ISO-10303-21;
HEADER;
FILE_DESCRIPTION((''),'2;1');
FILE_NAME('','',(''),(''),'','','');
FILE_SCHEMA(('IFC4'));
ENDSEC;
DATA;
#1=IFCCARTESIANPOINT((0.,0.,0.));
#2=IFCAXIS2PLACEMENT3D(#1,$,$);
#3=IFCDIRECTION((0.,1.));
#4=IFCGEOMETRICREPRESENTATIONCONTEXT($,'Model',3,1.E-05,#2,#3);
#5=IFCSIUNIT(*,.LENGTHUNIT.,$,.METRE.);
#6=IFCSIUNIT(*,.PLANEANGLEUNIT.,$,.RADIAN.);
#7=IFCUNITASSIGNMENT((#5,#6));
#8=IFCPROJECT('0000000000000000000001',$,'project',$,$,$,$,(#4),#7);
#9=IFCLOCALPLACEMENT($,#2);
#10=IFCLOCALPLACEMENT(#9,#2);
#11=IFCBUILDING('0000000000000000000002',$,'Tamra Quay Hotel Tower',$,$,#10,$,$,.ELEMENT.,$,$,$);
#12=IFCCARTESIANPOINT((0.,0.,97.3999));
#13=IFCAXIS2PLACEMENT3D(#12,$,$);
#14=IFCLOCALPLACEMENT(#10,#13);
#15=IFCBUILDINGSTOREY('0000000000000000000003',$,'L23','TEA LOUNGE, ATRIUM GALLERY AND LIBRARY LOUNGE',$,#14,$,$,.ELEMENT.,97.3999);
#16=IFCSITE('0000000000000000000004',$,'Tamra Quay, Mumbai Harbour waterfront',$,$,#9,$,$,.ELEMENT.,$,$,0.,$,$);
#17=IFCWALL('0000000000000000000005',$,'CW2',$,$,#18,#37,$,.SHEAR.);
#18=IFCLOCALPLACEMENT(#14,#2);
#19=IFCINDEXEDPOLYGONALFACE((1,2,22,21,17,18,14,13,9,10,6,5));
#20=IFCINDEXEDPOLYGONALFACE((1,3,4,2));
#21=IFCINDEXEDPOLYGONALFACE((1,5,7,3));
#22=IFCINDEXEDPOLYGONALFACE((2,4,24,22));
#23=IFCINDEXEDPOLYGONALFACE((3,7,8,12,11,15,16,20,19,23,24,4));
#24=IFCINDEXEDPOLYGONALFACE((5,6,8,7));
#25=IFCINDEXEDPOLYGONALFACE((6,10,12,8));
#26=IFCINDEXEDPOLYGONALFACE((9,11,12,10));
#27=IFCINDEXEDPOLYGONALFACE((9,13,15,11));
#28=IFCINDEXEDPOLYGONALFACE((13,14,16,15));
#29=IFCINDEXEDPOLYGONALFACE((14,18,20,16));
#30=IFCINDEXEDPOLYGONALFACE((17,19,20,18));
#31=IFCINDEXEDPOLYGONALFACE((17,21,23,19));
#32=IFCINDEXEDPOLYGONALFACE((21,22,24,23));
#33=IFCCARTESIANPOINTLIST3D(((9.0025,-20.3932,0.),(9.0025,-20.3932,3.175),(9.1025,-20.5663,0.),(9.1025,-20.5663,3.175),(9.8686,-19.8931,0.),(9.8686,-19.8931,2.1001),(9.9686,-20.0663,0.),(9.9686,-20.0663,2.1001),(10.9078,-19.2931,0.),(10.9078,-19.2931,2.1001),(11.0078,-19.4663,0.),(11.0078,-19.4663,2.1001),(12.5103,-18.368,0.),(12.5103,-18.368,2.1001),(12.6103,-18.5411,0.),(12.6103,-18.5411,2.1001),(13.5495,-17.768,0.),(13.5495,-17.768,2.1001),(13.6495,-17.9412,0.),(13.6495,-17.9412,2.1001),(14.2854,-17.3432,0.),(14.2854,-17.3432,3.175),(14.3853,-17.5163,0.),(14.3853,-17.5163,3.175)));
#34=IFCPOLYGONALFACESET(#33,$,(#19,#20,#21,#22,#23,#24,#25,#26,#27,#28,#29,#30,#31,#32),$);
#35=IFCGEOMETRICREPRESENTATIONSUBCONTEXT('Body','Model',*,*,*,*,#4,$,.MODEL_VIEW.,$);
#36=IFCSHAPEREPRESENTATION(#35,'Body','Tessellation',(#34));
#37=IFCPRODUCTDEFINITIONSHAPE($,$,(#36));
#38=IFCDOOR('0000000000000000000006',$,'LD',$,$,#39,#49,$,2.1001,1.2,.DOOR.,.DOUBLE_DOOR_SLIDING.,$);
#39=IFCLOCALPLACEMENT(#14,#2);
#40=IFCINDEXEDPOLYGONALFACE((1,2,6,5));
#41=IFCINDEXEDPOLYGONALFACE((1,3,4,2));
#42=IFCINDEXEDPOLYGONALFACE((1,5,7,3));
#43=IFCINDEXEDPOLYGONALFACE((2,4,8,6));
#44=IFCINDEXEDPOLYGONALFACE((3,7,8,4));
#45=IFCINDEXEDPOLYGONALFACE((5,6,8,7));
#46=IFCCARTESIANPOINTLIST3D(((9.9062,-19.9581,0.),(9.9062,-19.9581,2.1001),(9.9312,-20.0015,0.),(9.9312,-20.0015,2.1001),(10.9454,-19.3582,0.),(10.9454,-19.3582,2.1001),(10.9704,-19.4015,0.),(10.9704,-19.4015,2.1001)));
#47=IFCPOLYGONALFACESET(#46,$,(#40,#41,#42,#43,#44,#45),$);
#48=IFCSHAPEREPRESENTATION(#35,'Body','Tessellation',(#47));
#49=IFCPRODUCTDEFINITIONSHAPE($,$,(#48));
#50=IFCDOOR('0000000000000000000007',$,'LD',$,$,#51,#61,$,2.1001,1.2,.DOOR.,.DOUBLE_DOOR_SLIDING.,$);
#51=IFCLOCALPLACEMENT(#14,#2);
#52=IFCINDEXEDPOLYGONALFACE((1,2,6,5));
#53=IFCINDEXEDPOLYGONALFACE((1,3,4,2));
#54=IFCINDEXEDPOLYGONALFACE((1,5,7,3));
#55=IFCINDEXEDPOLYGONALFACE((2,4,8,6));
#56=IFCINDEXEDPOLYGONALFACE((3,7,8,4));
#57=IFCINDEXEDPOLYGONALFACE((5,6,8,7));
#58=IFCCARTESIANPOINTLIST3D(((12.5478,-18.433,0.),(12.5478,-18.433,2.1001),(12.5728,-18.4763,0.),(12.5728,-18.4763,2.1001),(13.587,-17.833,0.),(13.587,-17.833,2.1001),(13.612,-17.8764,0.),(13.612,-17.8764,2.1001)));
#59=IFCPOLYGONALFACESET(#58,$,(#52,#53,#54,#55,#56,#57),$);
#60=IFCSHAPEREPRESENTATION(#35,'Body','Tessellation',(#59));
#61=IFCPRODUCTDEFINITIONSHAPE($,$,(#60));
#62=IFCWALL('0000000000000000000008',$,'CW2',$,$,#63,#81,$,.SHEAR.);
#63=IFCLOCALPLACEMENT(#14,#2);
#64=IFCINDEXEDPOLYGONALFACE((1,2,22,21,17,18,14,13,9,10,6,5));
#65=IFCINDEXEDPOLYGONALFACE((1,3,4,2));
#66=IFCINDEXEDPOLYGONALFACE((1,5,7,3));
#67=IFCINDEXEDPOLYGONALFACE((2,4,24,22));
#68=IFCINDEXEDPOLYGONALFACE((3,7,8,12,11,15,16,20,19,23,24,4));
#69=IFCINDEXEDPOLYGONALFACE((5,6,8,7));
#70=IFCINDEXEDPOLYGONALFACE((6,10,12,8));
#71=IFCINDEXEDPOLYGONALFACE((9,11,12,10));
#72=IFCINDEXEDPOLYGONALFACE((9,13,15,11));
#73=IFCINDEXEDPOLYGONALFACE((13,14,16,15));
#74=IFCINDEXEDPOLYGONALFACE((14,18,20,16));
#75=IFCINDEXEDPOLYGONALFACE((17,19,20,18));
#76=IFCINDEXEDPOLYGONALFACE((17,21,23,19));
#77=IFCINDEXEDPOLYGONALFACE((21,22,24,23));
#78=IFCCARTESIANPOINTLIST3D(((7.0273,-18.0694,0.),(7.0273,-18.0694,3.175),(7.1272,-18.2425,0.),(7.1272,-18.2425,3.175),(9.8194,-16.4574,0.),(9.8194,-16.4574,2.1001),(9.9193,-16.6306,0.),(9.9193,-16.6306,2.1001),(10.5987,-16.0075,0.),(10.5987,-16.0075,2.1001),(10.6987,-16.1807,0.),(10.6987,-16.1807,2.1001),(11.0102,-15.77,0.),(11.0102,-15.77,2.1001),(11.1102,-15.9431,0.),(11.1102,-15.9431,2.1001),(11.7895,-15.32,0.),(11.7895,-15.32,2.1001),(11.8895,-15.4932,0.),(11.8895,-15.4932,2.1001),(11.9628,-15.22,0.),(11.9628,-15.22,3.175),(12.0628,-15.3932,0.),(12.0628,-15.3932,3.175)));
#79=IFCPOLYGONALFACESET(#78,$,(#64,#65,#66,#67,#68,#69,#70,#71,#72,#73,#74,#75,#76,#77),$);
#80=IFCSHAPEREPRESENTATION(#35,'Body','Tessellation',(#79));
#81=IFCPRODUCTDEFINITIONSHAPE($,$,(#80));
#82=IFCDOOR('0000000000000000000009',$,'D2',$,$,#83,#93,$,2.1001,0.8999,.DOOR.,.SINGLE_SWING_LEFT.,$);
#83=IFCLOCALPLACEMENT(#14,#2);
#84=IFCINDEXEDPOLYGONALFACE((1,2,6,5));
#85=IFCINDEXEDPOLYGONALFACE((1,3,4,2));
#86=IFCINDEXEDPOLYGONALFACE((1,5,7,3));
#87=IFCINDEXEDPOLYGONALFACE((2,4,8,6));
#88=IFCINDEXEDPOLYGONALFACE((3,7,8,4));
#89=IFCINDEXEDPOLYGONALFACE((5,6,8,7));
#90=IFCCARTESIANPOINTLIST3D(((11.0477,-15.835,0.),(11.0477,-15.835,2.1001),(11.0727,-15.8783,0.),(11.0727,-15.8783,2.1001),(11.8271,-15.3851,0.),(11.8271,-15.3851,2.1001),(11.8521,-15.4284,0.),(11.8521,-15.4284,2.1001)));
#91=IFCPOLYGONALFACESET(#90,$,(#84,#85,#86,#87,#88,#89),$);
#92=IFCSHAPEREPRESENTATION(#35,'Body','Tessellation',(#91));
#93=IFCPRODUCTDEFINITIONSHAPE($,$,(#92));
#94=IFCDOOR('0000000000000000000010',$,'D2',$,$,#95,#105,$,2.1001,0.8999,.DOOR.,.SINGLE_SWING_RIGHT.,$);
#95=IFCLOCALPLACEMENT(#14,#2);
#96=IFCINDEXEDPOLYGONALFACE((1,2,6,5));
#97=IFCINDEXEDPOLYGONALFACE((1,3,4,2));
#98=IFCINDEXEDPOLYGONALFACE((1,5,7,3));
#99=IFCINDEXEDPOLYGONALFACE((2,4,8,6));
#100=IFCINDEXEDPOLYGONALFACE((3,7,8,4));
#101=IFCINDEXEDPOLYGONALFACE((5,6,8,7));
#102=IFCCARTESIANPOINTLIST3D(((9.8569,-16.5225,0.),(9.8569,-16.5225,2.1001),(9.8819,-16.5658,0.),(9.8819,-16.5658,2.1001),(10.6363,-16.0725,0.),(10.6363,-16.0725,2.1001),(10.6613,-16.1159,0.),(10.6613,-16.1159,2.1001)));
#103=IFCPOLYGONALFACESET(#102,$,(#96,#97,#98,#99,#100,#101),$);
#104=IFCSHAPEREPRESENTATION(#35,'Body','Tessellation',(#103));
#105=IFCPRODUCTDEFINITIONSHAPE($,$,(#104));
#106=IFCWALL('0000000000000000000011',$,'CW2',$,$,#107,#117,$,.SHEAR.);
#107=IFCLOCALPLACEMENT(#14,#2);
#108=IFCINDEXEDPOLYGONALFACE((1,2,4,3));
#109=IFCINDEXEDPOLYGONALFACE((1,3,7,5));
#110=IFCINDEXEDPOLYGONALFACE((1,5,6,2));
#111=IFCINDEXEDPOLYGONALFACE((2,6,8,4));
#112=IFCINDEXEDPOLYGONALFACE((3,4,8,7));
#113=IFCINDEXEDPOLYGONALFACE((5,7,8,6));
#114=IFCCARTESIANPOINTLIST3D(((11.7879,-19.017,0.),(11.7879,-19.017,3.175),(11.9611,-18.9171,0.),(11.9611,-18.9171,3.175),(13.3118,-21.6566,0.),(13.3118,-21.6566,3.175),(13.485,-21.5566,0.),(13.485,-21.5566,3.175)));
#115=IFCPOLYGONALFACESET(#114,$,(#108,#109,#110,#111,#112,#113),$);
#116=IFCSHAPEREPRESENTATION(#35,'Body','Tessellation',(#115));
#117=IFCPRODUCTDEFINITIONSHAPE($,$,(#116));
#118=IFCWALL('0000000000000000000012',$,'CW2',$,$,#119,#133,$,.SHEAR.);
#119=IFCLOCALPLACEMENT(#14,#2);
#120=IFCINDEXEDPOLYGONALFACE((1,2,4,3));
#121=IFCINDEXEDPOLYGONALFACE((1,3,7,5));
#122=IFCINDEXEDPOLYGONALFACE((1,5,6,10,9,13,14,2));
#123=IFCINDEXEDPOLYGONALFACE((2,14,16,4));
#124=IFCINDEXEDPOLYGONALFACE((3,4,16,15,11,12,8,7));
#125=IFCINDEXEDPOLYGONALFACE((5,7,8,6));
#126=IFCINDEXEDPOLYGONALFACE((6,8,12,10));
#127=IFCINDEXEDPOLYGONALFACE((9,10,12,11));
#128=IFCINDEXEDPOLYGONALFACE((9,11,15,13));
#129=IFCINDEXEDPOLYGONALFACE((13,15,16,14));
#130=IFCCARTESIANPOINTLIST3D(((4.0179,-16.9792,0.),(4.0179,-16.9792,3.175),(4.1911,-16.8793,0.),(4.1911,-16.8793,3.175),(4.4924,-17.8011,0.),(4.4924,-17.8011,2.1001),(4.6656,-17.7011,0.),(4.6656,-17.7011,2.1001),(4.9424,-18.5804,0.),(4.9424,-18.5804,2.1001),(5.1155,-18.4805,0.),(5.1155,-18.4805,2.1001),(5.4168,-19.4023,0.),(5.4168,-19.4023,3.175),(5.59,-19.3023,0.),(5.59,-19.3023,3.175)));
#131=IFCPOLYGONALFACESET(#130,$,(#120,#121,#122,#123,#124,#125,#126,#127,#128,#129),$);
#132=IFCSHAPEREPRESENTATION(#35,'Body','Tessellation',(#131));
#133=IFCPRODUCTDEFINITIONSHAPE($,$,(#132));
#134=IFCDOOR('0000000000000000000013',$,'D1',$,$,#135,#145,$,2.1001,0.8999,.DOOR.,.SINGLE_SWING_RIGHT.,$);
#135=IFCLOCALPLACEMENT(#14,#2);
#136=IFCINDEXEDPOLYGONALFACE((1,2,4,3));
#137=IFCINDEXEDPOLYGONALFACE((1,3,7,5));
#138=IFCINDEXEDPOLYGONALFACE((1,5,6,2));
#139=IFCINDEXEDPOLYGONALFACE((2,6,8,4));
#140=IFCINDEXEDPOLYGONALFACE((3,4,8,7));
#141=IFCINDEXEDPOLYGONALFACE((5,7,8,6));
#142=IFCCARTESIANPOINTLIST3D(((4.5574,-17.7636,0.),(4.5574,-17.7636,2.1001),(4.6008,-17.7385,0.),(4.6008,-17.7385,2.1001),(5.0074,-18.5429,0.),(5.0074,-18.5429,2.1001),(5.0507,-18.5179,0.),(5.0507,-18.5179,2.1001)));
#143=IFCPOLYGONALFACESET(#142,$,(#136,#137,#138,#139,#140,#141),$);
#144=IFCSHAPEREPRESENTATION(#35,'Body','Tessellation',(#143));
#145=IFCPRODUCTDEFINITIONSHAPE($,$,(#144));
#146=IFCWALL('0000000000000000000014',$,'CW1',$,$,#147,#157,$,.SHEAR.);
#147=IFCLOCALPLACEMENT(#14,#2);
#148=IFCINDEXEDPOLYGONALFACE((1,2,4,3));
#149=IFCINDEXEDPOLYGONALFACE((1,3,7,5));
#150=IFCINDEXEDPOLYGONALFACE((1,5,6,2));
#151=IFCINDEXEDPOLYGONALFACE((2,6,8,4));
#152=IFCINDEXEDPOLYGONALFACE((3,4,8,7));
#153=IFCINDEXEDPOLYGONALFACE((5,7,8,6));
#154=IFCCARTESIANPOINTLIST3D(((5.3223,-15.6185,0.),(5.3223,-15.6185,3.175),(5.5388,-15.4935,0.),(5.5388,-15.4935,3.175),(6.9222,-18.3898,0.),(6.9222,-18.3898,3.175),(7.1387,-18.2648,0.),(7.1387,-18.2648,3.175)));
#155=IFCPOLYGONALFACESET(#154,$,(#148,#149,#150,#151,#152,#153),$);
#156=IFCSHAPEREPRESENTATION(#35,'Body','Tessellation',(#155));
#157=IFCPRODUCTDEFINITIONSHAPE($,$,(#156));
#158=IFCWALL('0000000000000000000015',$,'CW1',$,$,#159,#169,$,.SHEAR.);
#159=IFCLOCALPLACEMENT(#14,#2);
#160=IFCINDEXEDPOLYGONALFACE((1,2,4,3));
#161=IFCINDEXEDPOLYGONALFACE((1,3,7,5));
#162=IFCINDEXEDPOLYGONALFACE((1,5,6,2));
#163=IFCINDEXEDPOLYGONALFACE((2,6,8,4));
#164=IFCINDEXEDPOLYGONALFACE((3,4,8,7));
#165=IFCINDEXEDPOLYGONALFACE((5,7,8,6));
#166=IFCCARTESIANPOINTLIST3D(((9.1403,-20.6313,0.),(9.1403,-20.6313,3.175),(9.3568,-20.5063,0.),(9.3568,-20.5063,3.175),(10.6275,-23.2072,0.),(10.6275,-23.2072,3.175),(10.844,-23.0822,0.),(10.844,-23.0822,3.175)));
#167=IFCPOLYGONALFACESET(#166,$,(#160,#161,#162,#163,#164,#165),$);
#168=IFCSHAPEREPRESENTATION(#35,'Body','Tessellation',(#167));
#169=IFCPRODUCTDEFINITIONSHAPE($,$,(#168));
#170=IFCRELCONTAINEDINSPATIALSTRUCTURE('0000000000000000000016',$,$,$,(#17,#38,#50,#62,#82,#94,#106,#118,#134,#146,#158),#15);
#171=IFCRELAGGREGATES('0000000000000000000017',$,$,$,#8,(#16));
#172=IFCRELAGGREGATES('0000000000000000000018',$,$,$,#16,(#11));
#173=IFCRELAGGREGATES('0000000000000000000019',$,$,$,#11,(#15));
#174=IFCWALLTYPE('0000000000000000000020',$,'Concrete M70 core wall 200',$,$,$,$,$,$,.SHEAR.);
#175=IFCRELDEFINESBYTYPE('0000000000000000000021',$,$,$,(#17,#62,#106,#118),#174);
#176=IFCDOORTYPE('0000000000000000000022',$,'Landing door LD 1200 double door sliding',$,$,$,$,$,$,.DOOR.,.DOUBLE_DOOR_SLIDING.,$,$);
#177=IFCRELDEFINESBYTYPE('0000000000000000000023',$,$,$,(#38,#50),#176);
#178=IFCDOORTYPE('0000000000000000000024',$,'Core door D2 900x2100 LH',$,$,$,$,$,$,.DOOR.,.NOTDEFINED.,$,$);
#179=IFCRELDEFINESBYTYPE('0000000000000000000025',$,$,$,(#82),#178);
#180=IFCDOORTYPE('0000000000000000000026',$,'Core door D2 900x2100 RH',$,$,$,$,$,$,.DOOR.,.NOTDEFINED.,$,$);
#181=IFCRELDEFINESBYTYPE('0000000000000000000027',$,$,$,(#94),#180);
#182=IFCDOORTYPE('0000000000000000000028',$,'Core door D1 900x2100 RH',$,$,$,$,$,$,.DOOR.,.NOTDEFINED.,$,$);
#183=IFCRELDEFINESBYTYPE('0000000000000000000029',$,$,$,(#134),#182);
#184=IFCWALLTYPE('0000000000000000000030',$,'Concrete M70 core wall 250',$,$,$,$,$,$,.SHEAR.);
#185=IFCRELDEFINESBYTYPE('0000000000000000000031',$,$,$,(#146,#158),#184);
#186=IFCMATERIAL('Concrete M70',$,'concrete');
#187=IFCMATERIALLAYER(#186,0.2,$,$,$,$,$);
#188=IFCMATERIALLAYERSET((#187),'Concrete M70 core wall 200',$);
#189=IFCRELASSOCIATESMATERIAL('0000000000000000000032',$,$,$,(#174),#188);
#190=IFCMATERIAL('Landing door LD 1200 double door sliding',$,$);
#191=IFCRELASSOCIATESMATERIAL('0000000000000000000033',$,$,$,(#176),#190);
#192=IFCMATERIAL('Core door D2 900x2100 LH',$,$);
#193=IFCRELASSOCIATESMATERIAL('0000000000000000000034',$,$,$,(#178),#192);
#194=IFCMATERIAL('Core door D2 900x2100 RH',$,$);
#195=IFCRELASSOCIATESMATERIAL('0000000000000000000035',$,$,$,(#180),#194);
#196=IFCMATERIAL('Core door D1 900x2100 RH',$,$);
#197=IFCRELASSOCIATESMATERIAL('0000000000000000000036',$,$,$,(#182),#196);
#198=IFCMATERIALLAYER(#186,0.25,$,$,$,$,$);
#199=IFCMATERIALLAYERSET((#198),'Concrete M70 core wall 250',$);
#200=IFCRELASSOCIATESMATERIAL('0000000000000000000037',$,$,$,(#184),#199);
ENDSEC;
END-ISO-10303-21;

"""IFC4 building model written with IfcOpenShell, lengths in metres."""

from ifc_helpers import new_model, si_unit, direction, frame, frame_2d, origin, place, context, subcontext, project, spatial, rectangle, extrude, material, layer, layer_set, type_object, element, fill, save


model = new_model("IFC4")

# Units and contexts
model_context = context("Model", 3, precision=1e-05, world=origin(), true_north=direction((0.0, 1.0)))
body_context = subcontext(model_context, "Body", "Model", "MODEL_VIEW")
ifc_project = project(units=[si_unit("LENGTHUNIT", "METRE"), si_unit("PLANEANGLEUNIT", "RADIAN")], contexts=[model_context])

# Site, building, storey
site_placement = place(None, origin())
site = spatial("IfcSite", under=ifc_project, at=site_placement, Name="Tamra Quay, Mumbai Harbour waterfront", CompositionType="ELEMENT", RefElevation=0.0)
building_placement = place(site_placement, origin())
building = spatial("IfcBuilding", under=site, at=building_placement, Name="Tamra Quay Hotel Tower", CompositionType="ELEMENT")
storey_placement = place(building_placement, frame((0.0, 0.0, 97.3999)))
storey = spatial("IfcBuildingStorey", under=building, at=storey_placement, Name="L23", Description="TEA LOUNGE, ATRIUM GALLERY AND LIBRARY LOUNGE", CompositionType="ELEMENT", Elevation=97.3999)

# Shared definitions
ifc_material_1 = material(Name="Concrete M70", Category="concrete")

# Walls, openings, doors
ifc_layer_1 = layer(ifc_material_1, 0.2)
ifc_layer_set_1 = layer_set([ifc_layer_1], Name="Concrete M70 core wall 200")
wall_type_1 = type_object("IfcWallType", Name="Concrete M70 core wall 200", PredefinedType="SHEAR", material=ifc_layer_set_1)
wall_1_placement = place(storey_placement, frame((9.0525, -20.4797, 0.0), z_axis=(0.0, 0.0, 1.0), x_axis=(0.86603, 0.499992, 0.0)))
wall_1 = element("IfcWall", 1, at=wall_1_placement, inside=storey, type_object=wall_type_1, Name="CW2", PredefinedType="SHEAR", context=body_context, shape_type="SweptSolid", body=[
    extrude(rectangle(XDim=6.1001, YDim=0.2, at=frame_2d((3.05, 0.0))), origin(), (0.0, 0.0, 1.0), 3.175),
])
opening_1_placement = place(wall_1_placement, frame((1.0, 0.0, 0.0)))
opening_1 = element("IfcOpeningElement", 2, at=opening_1_placement, cuts=wall_1, PredefinedType="OPENING", context=body_context, shape_type="SweptSolid", body=[
    extrude(rectangle(XDim=1.2, YDim=2.1001, at=frame_2d((0.6001, 1.05))), frame((0.0, 0.1099, 0.0), z_axis=(0.0, -1.0, 0.0), x_axis=(1.0, 0.0, 0.0)), (0.0, 0.0, 1.0), 0.22),
])
opening_2_placement = place(wall_1_placement, frame((4.0503, 0.0, 0.0)))
opening_2 = element("IfcOpeningElement", 3, at=opening_2_placement, cuts=wall_1, PredefinedType="OPENING", context=body_context, shape_type="SweptSolid", body=[
    extrude(rectangle(XDim=1.2, YDim=2.1001, at=frame_2d((0.6001, 1.05))), frame((0.0, 0.1099, 0.0), z_axis=(0.0, -1.0, 0.0), x_axis=(1.0, 0.0, 0.0)), (0.0, 0.0, 1.0), 0.22),
])
ifc_material_2 = material(Name="Landing door LD 1200 double door sliding")
door_type_1 = type_object("IfcDoorType", Name="Landing door LD 1200 double door sliding", OperationType="DOUBLE_DOOR_SLIDING", PredefinedType="DOOR", material=ifc_material_2)
door_1_placement = place(opening_1_placement, origin())
door_1 = element("IfcDoor", 4, at=door_1_placement, inside=storey, type_object=door_type_1, Name="LD", OperationType="DOUBLE_DOOR_SLIDING", OverallHeight=2.1001, OverallWidth=1.2, PredefinedType="DOOR", context=body_context, shape_type="SweptSolid", body=[
    extrude(rectangle(XDim=1.2, YDim=2.1001, at=frame_2d((0.6001, 1.05))), frame((0.0, 0.0249, 0.0), z_axis=(0.0, -1.0, 0.0), x_axis=(1.0, 0.0, 0.0)), (0.0, 0.0, 1.0), 0.05),
])
fill(opening_1, door_1)
door_2_placement = place(opening_2_placement, origin())
door_2 = element("IfcDoor", 5, at=door_2_placement, inside=storey, type_object=door_type_1, Name="LD", OperationType="DOUBLE_DOOR_SLIDING", OverallHeight=2.1001, OverallWidth=1.2, PredefinedType="DOOR", context=body_context, shape_type="SweptSolid", body=[
    extrude(rectangle(XDim=1.2, YDim=2.1001, at=frame_2d((0.6001, 1.05))), frame((0.0, 0.0249, 0.0), z_axis=(0.0, -1.0, 0.0), x_axis=(1.0, 0.0, 0.0)), (0.0, 0.0, 1.0), 0.05),
])
fill(opening_2, door_2)
wall_2_placement = place(storey_placement, frame((7.0771, -18.156, 0.0), z_axis=(0.0, 0.0, 1.0), x_axis=(0.866039, 0.499977, 0.0)))
wall_2 = element("IfcWall", 6, at=wall_2_placement, inside=storey, type_object=wall_type_1, Name="CW2", PredefinedType="SHEAR", context=body_context, shape_type="SweptSolid", body=[
    extrude(rectangle(XDim=5.699, YDim=0.2, at=frame_2d((2.8496, 0.0))), origin(), (0.0, 0.0, 1.0), 3.175),
])
opening_3_placement = place(wall_2_placement, frame((3.2241, 0.0, 0.0)))
opening_3 = element("IfcOpeningElement", 7, at=opening_3_placement, cuts=wall_2, PredefinedType="OPENING", context=body_context, shape_type="SweptSolid", body=[
    extrude(rectangle(XDim=0.8999, YDim=2.1001, at=frame_2d((0.45, 1.05))), frame((0.0, 0.1099, 0.0), z_axis=(0.0, -1.0, 0.0), x_axis=(1.0, 0.0, 0.0)), (0.0, 0.0, 1.0), 0.22),
])
opening_4_placement = place(wall_2_placement, frame((4.5991, 0.0, 0.0)))
opening_4 = element("IfcOpeningElement", 8, at=opening_4_placement, cuts=wall_2, PredefinedType="OPENING", context=body_context, shape_type="SweptSolid", body=[
    extrude(rectangle(XDim=0.8999, YDim=2.1001, at=frame_2d((0.45, 1.05))), frame((0.0, 0.1099, 0.0), z_axis=(0.0, -1.0, 0.0), x_axis=(1.0, 0.0, 0.0)), (0.0, 0.0, 1.0), 0.22),
])
ifc_material_3 = material(Name="Core door D2 900x2100 LH")
door_type_2 = type_object("IfcDoorType", Name="Core door D2 900x2100 LH", OperationType="NOTDEFINED", PredefinedType="DOOR", material=ifc_material_3)
door_3_placement = place(opening_4_placement, origin())
door_3 = element("IfcDoor", 9, at=door_3_placement, inside=storey, type_object=door_type_2, Name="D2", OperationType="SINGLE_SWING_LEFT", OverallHeight=2.1001, OverallWidth=0.8999, PredefinedType="DOOR", context=body_context, shape_type="SweptSolid", body=[
    extrude(rectangle(XDim=0.8999, YDim=2.1001, at=frame_2d((0.45, 1.05))), frame((0.0, 0.0249, 0.0), z_axis=(0.0, -1.0, 0.0), x_axis=(1.0, 0.0, 0.0)), (0.0, 0.0, 1.0), 0.05),
])
fill(opening_4, door_3)
ifc_material_4 = material(Name="Core door D2 900x2100 RH")
door_type_3 = type_object("IfcDoorType", Name="Core door D2 900x2100 RH", OperationType="NOTDEFINED", PredefinedType="DOOR", material=ifc_material_4)
door_4_placement = place(opening_3_placement, origin())
door_4 = element("IfcDoor", 10, at=door_4_placement, inside=storey, type_object=door_type_3, Name="D2", OperationType="SINGLE_SWING_RIGHT", OverallHeight=2.1001, OverallWidth=0.8999, PredefinedType="DOOR", context=body_context, shape_type="SweptSolid", body=[
    extrude(rectangle(XDim=0.8999, YDim=2.1001, at=frame_2d((0.45, 1.05))), frame((0.0, 0.0249, 0.0), z_axis=(0.0, -1.0, 0.0), x_axis=(1.0, 0.0, 0.0)), (0.0, 0.0, 1.0), 0.05),
])
fill(opening_3, door_4)

# Wall
wall_3_placement = place(storey_placement, frame((11.8745, -18.967, 0.0), z_axis=(0.0, 0.0, 1.0), x_axis=(0.499981, -0.866036, 0.0)))
element("IfcWall", 11, at=wall_3_placement, inside=storey, type_object=wall_type_1, Name="CW2", PredefinedType="SHEAR", context=body_context, shape_type="SweptSolid", body=[
    extrude(rectangle(XDim=3.0479, YDim=0.2, at=frame_2d((1.5239, 0.0))), origin(), (0.0, 0.0, 1.0), 3.175),
])

# Wall, opening, door
wall_4_placement = place(storey_placement, frame((5.5034, -19.3523, 0.0), z_axis=(0.0, 0.0, 1.0), x_axis=(-0.499987, 0.866033, 0.0)))
wall_4 = element("IfcWall", 12, at=wall_4_placement, inside=storey, type_object=wall_type_1, Name="CW2", PredefinedType="SHEAR", context=body_context, shape_type="SweptSolid", body=[
    extrude(rectangle(XDim=2.7979, YDim=0.2, at=frame_2d((1.3989, 0.0))), origin(), (0.0, 0.0, 1.0), 3.175),
])
opening_5_placement = place(wall_4_placement, frame((0.949, 0.0, 0.0)))
opening_5 = element("IfcOpeningElement", 13, at=opening_5_placement, cuts=wall_4, PredefinedType="OPENING", context=body_context, shape_type="SweptSolid", body=[
    extrude(rectangle(XDim=0.8999, YDim=2.1001, at=frame_2d((0.45, 1.05))), frame((0.0, 0.1099, 0.0), z_axis=(0.0, -1.0, 0.0), x_axis=(1.0, 0.0, 0.0)), (0.0, 0.0, 1.0), 0.22),
])
ifc_material_5 = material(Name="Core door D1 900x2100 RH")
door_type_4 = type_object("IfcDoorType", Name="Core door D1 900x2100 RH", OperationType="NOTDEFINED", PredefinedType="DOOR", material=ifc_material_5)
door_5_placement = place(opening_5_placement, origin())
door_5 = element("IfcDoor", 14, at=door_5_placement, inside=storey, type_object=door_type_4, Name="D1", OperationType="SINGLE_SWING_RIGHT", OverallHeight=2.1001, OverallWidth=0.8999, PredefinedType="DOOR", context=body_context, shape_type="SweptSolid", body=[
    extrude(rectangle(XDim=0.8999, YDim=2.1001, at=frame_2d((0.45, 1.05))), frame((0.0, 0.0249, 0.0), z_axis=(0.0, -1.0, 0.0), x_axis=(1.0, 0.0, 0.0)), (0.0, 0.0, 1.0), 0.05),
])
fill(opening_5, door_5)

# Walls
ifc_layer_2 = layer(ifc_material_1, 0.25)
ifc_layer_set_2 = layer_set([ifc_layer_2], Name="Concrete M70 core wall 250")
wall_type_2 = type_object("IfcWallType", Name="Concrete M70 core wall 250", PredefinedType="SHEAR", material=ifc_layer_set_2)
wall_5_placement = place(storey_placement, frame((7.0305, -18.3274, 0.0), z_axis=(0.0, 0.0, 1.0), x_axis=(-0.499971, 0.866042, 0.0)))
element("IfcWall", 15, at=wall_5_placement, inside=storey, type_object=wall_type_2, Name="CW1", PredefinedType="SHEAR", context=body_context, shape_type="SweptSolid", body=[
    extrude(rectangle(XDim=3.2, YDim=0.25, at=frame_2d((1.6001, 0.0))), origin(), (0.0, 0.0, 1.0), 3.175),
])
wall_6_placement = place(storey_placement, frame((10.7358, -23.1448, 0.0), z_axis=(0.0, 0.0, 1.0), x_axis=(-0.500023, 0.866012, 0.0)))
element("IfcWall", 16, at=wall_6_placement, inside=storey, type_object=wall_type_2, Name="CW1", PredefinedType="SHEAR", context=body_context, shape_type="SweptSolid", body=[
    extrude(rectangle(XDim=2.9744, YDim=0.25, at=frame_2d((1.4873, 0.0))), origin(), (0.0, 0.0, 1.0), 3.175),
])

save(model, "model.ifc")
